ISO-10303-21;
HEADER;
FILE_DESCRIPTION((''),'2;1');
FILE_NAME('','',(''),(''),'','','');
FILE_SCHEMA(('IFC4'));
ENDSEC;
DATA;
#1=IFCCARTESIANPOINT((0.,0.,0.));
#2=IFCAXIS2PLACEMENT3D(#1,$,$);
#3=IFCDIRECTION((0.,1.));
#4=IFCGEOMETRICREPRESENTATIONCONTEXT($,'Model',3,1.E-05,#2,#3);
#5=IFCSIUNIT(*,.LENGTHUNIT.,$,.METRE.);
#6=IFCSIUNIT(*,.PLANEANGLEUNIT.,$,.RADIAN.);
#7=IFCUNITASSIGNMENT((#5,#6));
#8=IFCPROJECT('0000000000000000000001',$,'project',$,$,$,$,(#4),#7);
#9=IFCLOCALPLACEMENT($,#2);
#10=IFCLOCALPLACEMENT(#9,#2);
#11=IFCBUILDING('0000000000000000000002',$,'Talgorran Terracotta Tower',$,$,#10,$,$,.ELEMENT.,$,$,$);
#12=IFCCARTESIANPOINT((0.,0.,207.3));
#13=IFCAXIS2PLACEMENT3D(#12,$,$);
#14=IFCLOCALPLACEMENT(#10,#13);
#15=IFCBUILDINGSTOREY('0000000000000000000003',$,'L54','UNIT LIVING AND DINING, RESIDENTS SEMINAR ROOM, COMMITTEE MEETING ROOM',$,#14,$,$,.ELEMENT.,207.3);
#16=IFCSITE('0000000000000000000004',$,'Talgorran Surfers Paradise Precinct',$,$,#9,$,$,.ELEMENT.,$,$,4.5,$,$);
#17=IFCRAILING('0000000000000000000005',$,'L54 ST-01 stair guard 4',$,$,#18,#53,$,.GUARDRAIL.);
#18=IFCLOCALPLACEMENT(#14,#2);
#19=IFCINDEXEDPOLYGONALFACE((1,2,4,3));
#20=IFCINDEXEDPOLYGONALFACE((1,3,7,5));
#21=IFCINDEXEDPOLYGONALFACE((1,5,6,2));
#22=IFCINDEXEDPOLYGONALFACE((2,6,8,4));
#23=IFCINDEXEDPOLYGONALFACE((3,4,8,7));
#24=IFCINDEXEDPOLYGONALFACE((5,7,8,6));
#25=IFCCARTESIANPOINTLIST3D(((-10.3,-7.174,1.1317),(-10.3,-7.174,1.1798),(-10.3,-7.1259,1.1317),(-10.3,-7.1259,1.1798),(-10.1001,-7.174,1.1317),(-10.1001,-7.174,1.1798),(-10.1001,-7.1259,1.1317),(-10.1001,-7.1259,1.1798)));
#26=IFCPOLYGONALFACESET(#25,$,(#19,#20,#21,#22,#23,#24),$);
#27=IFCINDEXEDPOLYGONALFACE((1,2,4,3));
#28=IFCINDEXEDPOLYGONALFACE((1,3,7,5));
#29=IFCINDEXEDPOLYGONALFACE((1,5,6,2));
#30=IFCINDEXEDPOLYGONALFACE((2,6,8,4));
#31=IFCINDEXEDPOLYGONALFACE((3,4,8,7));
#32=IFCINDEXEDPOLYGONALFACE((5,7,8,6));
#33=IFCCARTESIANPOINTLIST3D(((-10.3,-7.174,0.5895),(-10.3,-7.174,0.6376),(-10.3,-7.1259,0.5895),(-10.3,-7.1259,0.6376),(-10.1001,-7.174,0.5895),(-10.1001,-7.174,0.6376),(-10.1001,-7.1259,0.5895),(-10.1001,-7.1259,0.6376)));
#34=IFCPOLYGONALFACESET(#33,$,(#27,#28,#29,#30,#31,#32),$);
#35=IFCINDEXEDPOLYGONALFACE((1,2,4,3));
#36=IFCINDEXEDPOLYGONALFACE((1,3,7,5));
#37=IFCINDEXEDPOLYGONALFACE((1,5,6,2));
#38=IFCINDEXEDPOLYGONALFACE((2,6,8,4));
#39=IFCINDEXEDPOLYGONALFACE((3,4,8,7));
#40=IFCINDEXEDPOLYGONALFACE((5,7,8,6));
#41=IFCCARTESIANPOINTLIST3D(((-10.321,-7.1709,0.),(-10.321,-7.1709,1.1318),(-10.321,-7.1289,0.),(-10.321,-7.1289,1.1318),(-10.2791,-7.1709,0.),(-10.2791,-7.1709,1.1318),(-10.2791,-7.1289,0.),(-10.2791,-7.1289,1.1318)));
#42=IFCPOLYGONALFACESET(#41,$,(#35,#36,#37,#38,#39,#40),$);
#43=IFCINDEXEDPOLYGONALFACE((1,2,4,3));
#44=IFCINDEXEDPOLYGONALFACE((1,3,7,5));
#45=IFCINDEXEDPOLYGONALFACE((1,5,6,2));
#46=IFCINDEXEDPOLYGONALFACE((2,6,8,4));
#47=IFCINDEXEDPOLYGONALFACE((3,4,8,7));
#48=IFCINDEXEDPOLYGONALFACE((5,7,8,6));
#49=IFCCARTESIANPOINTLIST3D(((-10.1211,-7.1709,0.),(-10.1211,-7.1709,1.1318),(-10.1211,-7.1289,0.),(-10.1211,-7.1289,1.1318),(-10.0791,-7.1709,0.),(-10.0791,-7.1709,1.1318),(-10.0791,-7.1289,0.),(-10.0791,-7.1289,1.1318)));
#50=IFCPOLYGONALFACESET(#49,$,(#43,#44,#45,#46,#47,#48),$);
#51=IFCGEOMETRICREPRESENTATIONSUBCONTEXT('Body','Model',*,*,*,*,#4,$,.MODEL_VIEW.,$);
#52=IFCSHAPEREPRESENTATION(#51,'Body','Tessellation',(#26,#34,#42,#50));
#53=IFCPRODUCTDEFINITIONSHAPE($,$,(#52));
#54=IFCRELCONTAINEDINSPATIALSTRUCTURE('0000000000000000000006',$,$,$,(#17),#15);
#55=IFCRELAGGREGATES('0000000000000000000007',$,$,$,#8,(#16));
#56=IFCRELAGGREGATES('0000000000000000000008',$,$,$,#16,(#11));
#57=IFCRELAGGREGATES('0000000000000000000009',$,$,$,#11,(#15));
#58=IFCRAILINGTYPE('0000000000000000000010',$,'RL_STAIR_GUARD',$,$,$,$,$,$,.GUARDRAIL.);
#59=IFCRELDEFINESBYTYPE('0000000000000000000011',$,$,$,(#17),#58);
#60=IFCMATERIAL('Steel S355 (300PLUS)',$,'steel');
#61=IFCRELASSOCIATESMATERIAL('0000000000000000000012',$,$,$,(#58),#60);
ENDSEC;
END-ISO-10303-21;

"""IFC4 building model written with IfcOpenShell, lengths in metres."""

from ifc_helpers import new_model, si_unit, direction, frame, origin, origin_2d, place, context, subcontext, project, spatial, rectangle, extrude, material, type_object, element, save


model = new_model("IFC4")

# Units and contexts
model_context = context("Model", 3, precision=1e-05, world=origin(), true_north=direction((0.0, 1.0)))
body_context = subcontext(model_context, "Body", "Model", "MODEL_VIEW")
ifc_project = project(units=[si_unit("LENGTHUNIT", "METRE"), si_unit("PLANEANGLEUNIT", "RADIAN")], contexts=[model_context])

# Site, building, storey
site_placement = place(None, origin())
site = spatial("IfcSite", under=ifc_project, at=site_placement, Name="Talgorran Surfers Paradise Precinct", CompositionType="ELEMENT", RefElevation=4.5)
building_placement = place(site_placement, origin())
building = spatial("IfcBuilding", under=site, at=building_placement, Name="Talgorran Terracotta Tower", CompositionType="ELEMENT")
storey_placement = place(building_placement, frame((0.0, 0.0, 207.3)))
storey = spatial("IfcBuildingStorey", under=building, at=storey_placement, Name="L54", Description="UNIT LIVING AND DINING, RESIDENTS SEMINAR ROOM, COMMITTEE MEETING ROOM", CompositionType="ELEMENT", Elevation=207.3)

# Shared definitions
ifc_material_1 = material(Name="Steel S355 (300PLUS)", Category="steel")

# Railing
railing_type = type_object("IfcRailingType", Name="RL_STAIR_GUARD", PredefinedType="GUARDRAIL", material=ifc_material_1)
railing_placement = place(storey_placement, frame((-10.3, -7.1499, 0.0)))
element("IfcRailing", 1, at=railing_placement, inside=storey, type_object=railing_type, Name="L54 ST-01 stair guard 4", PredefinedType="GUARDRAIL", context=body_context, shape_type="SweptSolid", body=[
    extrude(rectangle(XDim=0.0481, YDim=0.0481, at=origin_2d()), frame((0.0, 0.0, 1.1558), z_axis=(1.0, 0.0, 0.0), x_axis=(0.0, 1.0, 0.0)), (0.0, 0.0, 1.0), 0.2),
    extrude(rectangle(XDim=0.0481, YDim=0.0481, at=origin_2d()), frame((0.0, 0.0, 0.6135), z_axis=(1.0, 0.0, 0.0), x_axis=(0.0, 1.0, 0.0)), (0.0, 0.0, 1.0), 0.2),
    extrude(rectangle(XDim=0.042, YDim=0.042, at=origin_2d()), origin(), (0.0, 0.0, 1.0), 1.1318),
    extrude(rectangle(XDim=0.042, YDim=0.042, at=origin_2d()), frame((0.2, 0.0, 0.0)), (0.0, 0.0, 1.0), 1.1318),
])

save(model, "model.ifc")
